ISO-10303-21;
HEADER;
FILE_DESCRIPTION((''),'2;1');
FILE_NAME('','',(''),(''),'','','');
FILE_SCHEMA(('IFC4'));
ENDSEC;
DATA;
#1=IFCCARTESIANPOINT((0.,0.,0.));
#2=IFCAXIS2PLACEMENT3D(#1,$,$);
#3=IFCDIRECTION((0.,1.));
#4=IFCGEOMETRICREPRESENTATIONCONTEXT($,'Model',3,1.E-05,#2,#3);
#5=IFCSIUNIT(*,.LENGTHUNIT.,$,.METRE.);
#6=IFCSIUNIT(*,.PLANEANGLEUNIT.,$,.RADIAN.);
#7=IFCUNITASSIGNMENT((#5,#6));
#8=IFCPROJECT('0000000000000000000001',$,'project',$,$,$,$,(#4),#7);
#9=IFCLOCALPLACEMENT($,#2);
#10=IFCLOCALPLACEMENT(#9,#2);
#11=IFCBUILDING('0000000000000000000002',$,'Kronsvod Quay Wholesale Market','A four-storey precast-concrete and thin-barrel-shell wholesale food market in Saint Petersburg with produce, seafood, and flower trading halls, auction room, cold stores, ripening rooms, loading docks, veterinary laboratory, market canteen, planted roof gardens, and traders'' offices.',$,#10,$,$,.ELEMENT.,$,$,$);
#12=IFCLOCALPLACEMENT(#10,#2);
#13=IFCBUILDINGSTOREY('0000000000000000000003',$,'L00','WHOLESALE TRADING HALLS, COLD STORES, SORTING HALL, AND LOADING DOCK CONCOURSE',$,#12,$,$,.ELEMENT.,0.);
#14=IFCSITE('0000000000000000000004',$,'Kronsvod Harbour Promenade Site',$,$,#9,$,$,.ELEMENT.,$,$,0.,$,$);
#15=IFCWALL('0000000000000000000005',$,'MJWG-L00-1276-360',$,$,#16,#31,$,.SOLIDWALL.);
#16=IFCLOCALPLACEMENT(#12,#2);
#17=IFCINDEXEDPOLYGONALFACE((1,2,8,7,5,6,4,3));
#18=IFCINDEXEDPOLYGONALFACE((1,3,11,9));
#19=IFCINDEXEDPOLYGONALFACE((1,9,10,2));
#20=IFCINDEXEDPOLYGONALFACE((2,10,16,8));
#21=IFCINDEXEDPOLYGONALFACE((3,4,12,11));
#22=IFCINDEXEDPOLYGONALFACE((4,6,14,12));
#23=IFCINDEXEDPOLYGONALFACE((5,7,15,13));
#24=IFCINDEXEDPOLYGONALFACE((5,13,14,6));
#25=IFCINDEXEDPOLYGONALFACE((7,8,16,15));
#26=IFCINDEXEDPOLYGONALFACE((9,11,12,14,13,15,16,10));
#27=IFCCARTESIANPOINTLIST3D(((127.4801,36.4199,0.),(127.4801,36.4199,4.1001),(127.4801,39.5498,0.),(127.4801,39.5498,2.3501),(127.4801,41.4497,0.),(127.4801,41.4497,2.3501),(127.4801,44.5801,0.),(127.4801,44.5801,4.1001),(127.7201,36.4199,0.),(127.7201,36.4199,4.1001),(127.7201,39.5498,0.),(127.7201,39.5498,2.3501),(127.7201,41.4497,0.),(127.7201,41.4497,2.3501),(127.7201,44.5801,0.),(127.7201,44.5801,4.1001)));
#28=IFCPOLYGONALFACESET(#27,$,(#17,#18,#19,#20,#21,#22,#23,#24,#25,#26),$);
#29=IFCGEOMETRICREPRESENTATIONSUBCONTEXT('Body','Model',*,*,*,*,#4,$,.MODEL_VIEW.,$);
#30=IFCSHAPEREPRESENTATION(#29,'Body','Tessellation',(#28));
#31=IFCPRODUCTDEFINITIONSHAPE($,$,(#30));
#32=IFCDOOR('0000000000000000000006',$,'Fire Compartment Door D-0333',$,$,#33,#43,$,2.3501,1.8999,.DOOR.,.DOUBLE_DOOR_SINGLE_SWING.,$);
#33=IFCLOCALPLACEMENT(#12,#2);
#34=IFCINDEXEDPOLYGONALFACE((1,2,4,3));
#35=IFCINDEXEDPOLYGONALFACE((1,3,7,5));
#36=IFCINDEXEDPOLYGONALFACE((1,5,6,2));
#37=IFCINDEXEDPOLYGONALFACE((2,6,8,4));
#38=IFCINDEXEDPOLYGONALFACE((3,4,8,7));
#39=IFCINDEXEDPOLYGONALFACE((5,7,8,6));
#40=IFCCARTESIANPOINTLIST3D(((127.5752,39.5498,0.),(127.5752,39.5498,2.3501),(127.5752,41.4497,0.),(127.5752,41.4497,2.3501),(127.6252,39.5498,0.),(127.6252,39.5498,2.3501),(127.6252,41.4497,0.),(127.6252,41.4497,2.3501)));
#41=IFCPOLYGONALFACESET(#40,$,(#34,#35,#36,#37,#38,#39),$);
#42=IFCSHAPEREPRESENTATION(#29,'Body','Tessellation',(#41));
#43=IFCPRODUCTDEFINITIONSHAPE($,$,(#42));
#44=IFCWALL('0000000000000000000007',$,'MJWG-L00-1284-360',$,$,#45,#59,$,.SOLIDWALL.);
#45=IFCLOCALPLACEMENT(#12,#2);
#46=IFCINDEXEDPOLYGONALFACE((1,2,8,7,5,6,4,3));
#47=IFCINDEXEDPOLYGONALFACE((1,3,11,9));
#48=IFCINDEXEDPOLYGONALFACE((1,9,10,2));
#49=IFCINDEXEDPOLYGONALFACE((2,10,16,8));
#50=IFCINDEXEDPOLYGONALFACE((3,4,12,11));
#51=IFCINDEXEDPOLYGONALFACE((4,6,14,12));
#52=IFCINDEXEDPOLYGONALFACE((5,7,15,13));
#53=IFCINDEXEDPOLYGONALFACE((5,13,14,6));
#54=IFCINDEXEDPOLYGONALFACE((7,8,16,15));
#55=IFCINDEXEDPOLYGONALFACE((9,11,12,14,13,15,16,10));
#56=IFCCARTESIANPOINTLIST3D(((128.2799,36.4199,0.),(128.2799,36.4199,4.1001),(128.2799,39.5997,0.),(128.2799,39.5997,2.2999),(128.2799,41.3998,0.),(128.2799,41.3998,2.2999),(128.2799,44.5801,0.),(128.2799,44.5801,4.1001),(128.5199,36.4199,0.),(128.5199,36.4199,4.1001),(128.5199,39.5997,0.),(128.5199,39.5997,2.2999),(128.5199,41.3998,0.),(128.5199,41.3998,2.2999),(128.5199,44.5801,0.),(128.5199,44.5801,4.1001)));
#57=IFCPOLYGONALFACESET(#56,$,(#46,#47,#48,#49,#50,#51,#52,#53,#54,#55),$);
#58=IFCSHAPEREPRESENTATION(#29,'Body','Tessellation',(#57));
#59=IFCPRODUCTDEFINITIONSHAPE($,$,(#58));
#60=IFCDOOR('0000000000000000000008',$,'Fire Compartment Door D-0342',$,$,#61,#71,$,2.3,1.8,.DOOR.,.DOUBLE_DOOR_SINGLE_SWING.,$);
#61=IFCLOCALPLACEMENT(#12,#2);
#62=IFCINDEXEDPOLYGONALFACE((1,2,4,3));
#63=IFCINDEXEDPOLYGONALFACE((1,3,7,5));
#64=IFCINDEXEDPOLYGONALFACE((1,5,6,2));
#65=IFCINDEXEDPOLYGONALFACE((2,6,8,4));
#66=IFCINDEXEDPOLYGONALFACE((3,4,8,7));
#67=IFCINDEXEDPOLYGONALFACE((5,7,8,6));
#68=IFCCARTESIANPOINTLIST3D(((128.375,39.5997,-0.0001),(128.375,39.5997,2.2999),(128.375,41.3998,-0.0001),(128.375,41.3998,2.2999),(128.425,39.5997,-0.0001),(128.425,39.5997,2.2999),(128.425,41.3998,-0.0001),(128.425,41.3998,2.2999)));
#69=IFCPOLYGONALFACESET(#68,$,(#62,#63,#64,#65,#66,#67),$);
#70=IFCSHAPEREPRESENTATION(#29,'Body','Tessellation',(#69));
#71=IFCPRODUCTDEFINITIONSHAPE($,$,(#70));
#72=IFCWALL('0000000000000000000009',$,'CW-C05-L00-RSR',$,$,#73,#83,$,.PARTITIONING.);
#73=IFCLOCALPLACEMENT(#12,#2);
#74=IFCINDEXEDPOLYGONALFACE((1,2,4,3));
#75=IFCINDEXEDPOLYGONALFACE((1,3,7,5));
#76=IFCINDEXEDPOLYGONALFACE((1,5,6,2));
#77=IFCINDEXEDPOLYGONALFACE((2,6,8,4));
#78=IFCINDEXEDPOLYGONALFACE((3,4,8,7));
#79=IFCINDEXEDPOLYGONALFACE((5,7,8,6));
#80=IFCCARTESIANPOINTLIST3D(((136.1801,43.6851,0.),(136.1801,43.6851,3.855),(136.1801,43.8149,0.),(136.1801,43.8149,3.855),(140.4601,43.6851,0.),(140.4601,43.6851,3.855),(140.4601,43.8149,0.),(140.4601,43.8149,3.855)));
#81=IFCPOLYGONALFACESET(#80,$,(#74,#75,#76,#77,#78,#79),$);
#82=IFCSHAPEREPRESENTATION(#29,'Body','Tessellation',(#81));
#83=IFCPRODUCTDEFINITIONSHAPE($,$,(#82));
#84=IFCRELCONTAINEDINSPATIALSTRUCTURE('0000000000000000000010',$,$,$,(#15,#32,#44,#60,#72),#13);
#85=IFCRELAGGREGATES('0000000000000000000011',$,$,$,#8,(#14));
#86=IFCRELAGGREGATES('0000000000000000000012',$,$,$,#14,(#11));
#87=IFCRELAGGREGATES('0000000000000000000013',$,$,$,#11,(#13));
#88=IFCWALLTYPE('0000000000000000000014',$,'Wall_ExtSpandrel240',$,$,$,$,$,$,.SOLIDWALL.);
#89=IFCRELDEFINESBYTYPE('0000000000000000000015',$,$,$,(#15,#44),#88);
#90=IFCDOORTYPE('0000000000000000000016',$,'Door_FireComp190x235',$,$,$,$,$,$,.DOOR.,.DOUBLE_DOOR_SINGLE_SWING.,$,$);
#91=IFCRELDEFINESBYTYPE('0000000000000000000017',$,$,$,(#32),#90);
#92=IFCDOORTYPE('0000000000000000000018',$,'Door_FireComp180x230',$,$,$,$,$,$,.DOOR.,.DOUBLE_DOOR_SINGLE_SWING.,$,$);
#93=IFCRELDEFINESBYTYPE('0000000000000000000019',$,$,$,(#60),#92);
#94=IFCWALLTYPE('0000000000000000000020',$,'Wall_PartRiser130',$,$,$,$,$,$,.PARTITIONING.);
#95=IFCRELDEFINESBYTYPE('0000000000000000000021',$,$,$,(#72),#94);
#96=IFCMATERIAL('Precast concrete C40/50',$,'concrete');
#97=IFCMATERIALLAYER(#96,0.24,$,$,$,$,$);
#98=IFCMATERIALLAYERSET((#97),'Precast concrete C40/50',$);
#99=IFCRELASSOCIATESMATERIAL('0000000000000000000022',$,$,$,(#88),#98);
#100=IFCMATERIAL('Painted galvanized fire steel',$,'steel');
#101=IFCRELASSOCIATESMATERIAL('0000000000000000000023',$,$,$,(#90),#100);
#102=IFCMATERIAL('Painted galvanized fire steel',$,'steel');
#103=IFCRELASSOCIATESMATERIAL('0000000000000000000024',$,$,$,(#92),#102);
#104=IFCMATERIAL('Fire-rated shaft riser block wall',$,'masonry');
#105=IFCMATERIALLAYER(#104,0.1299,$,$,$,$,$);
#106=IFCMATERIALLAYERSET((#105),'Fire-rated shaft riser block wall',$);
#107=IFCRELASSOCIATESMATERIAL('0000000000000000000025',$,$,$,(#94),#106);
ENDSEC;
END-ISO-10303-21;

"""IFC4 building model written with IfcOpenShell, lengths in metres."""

from ifc_helpers import new_model, si_unit, direction, frame, frame_2d, origin, place, context, subcontext, project, spatial, rectangle, extrude, material, layer, layer_set, type_object, element, fill, save


model = new_model("IFC4")

# Units and contexts
model_context = context("Model", 3, precision=1e-05, world=origin(), true_north=direction((0.0, 1.0)))
body_context = subcontext(model_context, "Body", "Model", "MODEL_VIEW")
ifc_project = project(units=[si_unit("LENGTHUNIT", "METRE"), si_unit("PLANEANGLEUNIT", "RADIAN")], contexts=[model_context])

# Site, building, storey
site_placement = place(None, origin())
site = spatial("IfcSite", under=ifc_project, at=site_placement, Name="Kronsvod Harbour Promenade Site", CompositionType="ELEMENT", RefElevation=0.0)
building_placement = place(site_placement, origin())
building = spatial("IfcBuilding", under=site, at=building_placement, Name="Kronsvod Quay Wholesale Market", Description="A four-storey precast-concrete and thin-barrel-shell wholesale food market in Saint Petersburg with produce, seafood, and flower trading halls, auction room, cold stores, ripening rooms, loading docks, veterinary laboratory, market canteen, planted roof gardens, and traders' offices.", CompositionType="ELEMENT")
storey_placement = place(building_placement, origin())
storey = spatial("IfcBuildingStorey", under=building, at=storey_placement, Name="L00", Description="WHOLESALE TRADING HALLS, COLD STORES, SORTING HALL, AND LOADING DOCK CONCOURSE", CompositionType="ELEMENT", Elevation=0.0)

# Walls, openings, doors
ifc_material_1 = material(Name="Precast concrete C40/50", Category="concrete")
ifc_layer_1 = layer(ifc_material_1, 0.24)
ifc_layer_set_1 = layer_set([ifc_layer_1], Name="Precast concrete C40/50")
wall_type_1 = type_object("IfcWallType", Name="Wall_ExtSpandrel240", PredefinedType="SOLIDWALL", material=ifc_layer_set_1)
wall_1_placement = place(storey_placement, frame((127.6001, 36.4199, 0.0), z_axis=(0.0, 0.0, 1.0), x_axis=(0.0, 1.0, 0.0)))
wall_1 = element("IfcWall", 1, at=wall_1_placement, inside=storey, type_object=wall_type_1, Name="MJWG-L00-1276-360", PredefinedType="SOLIDWALL", context=body_context, shape_type="SweptSolid", body=[
    extrude(rectangle(XDim=8.1602, YDim=0.24, at=frame_2d((4.0801, 0.0))), origin(), (0.0, 0.0, 1.0), 4.1001),
])
opening_1_placement = place(wall_1_placement, frame((3.1299, 0.0, 0.0)))
opening_1 = element("IfcOpeningElement", 2, at=opening_1_placement, cuts=wall_1, PredefinedType="OPENING", context=body_context, shape_type="SweptSolid", body=[
    extrude(rectangle(XDim=1.8999, YDim=2.3501, at=frame_2d((0.95, 1.175))), frame((0.0, 0.1299, 0.0), z_axis=(0.0, -1.0, 0.0), x_axis=(1.0, 0.0, 0.0)), (0.0, 0.0, 1.0), 0.26),
])
ifc_material_2 = material(Name="Painted galvanized fire steel", Category="steel")
door_type_1 = type_object("IfcDoorType", Name="Door_FireComp190x235", OperationType="DOUBLE_DOOR_SINGLE_SWING", PredefinedType="DOOR", material=ifc_material_2)
door_1_placement = place(opening_1_placement, origin())
door_1 = element("IfcDoor", 3, at=door_1_placement, inside=storey, type_object=door_type_1, Name="Fire Compartment Door D-0333", OperationType="DOUBLE_DOOR_SINGLE_SWING", OverallHeight=2.3501, OverallWidth=1.8999, PredefinedType="DOOR", context=body_context, shape_type="SweptSolid", body=[
    extrude(rectangle(XDim=1.8999, YDim=2.3501, at=frame_2d((0.95, 1.175))), frame((0.0, 0.0249, 0.0), z_axis=(0.0, -1.0, 0.0), x_axis=(1.0, 0.0, 0.0)), (0.0, 0.0, 1.0), 0.05),
])
fill(opening_1, door_1)
wall_2_placement = place(storey_placement, frame((128.3999, 36.4199, 0.0), z_axis=(0.0, 0.0, 1.0), x_axis=(0.0, 1.0, 0.0)))
wall_2 = element("IfcWall", 4, at=wall_2_placement, inside=storey, type_object=wall_type_1, Name="MJWG-L00-1284-360", PredefinedType="SOLIDWALL", context=body_context, shape_type="SweptSolid", body=[
    extrude(rectangle(XDim=8.1602, YDim=0.24, at=frame_2d((4.0801, 0.0))), origin(), (0.0, 0.0, 1.0), 4.1001),
])
opening_2_placement = place(wall_2_placement, frame((3.1799, 0.0, 0.0)))
opening_2 = element("IfcOpeningElement", 5, at=opening_2_placement, cuts=wall_2, PredefinedType="OPENING", context=body_context, shape_type="SweptSolid", body=[
    extrude(rectangle(XDim=1.8, YDim=2.3, at=frame_2d((0.8999, 1.1499))), frame((0.0, 0.1299, 0.0), z_axis=(0.0, -1.0, 0.0), x_axis=(1.0, 0.0, 0.0)), (0.0, 0.0, 1.0), 0.26),
])
ifc_material_3 = material(Name="Painted galvanized fire steel", Category="steel")
door_type_2 = type_object("IfcDoorType", Name="Door_FireComp180x230", OperationType="DOUBLE_DOOR_SINGLE_SWING", PredefinedType="DOOR", material=ifc_material_3)
door_2_placement = place(opening_2_placement, origin())
door_2 = element("IfcDoor", 6, at=door_2_placement, inside=storey, type_object=door_type_2, Name="Fire Compartment Door D-0342", OperationType="DOUBLE_DOOR_SINGLE_SWING", OverallHeight=2.3, OverallWidth=1.8, PredefinedType="DOOR", context=body_context, shape_type="SweptSolid", body=[
    extrude(rectangle(XDim=1.8, YDim=2.3, at=frame_2d((0.8999, 1.1499))), frame((0.0, 0.0249, 0.0), z_axis=(0.0, -1.0, 0.0), x_axis=(1.0, 0.0, 0.0)), (0.0, 0.0, 1.0), 0.05),
])
fill(opening_2, door_2)

# Wall
ifc_material_4 = material(Name="Fire-rated shaft riser block wall", Category="masonry")
ifc_layer_2 = layer(ifc_material_4, 0.1299)
ifc_layer_set_2 = layer_set([ifc_layer_2], Name="Fire-rated shaft riser block wall")
wall_type_2 = type_object("IfcWallType", Name="Wall_PartRiser130", PredefinedType="PARTITIONING", material=ifc_layer_set_2)
wall_3_placement = place(storey_placement, frame((136.1799, 43.75, 0.0), z_axis=(0.0, 0.0, 1.0), x_axis=(1.0, 0.0, 0.0)))
element("IfcWall", 7, at=wall_3_placement, inside=storey, type_object=wall_type_2, Name="CW-C05-L00-RSR", PredefinedType="PARTITIONING", context=body_context, shape_type="SweptSolid", body=[
    extrude(rectangle(XDim=4.28, YDim=0.1299, at=frame_2d((2.1401, 0.0))), origin(), (0.0, 0.0, 1.0), 3.855),
])

save(model, "model.ifc")
